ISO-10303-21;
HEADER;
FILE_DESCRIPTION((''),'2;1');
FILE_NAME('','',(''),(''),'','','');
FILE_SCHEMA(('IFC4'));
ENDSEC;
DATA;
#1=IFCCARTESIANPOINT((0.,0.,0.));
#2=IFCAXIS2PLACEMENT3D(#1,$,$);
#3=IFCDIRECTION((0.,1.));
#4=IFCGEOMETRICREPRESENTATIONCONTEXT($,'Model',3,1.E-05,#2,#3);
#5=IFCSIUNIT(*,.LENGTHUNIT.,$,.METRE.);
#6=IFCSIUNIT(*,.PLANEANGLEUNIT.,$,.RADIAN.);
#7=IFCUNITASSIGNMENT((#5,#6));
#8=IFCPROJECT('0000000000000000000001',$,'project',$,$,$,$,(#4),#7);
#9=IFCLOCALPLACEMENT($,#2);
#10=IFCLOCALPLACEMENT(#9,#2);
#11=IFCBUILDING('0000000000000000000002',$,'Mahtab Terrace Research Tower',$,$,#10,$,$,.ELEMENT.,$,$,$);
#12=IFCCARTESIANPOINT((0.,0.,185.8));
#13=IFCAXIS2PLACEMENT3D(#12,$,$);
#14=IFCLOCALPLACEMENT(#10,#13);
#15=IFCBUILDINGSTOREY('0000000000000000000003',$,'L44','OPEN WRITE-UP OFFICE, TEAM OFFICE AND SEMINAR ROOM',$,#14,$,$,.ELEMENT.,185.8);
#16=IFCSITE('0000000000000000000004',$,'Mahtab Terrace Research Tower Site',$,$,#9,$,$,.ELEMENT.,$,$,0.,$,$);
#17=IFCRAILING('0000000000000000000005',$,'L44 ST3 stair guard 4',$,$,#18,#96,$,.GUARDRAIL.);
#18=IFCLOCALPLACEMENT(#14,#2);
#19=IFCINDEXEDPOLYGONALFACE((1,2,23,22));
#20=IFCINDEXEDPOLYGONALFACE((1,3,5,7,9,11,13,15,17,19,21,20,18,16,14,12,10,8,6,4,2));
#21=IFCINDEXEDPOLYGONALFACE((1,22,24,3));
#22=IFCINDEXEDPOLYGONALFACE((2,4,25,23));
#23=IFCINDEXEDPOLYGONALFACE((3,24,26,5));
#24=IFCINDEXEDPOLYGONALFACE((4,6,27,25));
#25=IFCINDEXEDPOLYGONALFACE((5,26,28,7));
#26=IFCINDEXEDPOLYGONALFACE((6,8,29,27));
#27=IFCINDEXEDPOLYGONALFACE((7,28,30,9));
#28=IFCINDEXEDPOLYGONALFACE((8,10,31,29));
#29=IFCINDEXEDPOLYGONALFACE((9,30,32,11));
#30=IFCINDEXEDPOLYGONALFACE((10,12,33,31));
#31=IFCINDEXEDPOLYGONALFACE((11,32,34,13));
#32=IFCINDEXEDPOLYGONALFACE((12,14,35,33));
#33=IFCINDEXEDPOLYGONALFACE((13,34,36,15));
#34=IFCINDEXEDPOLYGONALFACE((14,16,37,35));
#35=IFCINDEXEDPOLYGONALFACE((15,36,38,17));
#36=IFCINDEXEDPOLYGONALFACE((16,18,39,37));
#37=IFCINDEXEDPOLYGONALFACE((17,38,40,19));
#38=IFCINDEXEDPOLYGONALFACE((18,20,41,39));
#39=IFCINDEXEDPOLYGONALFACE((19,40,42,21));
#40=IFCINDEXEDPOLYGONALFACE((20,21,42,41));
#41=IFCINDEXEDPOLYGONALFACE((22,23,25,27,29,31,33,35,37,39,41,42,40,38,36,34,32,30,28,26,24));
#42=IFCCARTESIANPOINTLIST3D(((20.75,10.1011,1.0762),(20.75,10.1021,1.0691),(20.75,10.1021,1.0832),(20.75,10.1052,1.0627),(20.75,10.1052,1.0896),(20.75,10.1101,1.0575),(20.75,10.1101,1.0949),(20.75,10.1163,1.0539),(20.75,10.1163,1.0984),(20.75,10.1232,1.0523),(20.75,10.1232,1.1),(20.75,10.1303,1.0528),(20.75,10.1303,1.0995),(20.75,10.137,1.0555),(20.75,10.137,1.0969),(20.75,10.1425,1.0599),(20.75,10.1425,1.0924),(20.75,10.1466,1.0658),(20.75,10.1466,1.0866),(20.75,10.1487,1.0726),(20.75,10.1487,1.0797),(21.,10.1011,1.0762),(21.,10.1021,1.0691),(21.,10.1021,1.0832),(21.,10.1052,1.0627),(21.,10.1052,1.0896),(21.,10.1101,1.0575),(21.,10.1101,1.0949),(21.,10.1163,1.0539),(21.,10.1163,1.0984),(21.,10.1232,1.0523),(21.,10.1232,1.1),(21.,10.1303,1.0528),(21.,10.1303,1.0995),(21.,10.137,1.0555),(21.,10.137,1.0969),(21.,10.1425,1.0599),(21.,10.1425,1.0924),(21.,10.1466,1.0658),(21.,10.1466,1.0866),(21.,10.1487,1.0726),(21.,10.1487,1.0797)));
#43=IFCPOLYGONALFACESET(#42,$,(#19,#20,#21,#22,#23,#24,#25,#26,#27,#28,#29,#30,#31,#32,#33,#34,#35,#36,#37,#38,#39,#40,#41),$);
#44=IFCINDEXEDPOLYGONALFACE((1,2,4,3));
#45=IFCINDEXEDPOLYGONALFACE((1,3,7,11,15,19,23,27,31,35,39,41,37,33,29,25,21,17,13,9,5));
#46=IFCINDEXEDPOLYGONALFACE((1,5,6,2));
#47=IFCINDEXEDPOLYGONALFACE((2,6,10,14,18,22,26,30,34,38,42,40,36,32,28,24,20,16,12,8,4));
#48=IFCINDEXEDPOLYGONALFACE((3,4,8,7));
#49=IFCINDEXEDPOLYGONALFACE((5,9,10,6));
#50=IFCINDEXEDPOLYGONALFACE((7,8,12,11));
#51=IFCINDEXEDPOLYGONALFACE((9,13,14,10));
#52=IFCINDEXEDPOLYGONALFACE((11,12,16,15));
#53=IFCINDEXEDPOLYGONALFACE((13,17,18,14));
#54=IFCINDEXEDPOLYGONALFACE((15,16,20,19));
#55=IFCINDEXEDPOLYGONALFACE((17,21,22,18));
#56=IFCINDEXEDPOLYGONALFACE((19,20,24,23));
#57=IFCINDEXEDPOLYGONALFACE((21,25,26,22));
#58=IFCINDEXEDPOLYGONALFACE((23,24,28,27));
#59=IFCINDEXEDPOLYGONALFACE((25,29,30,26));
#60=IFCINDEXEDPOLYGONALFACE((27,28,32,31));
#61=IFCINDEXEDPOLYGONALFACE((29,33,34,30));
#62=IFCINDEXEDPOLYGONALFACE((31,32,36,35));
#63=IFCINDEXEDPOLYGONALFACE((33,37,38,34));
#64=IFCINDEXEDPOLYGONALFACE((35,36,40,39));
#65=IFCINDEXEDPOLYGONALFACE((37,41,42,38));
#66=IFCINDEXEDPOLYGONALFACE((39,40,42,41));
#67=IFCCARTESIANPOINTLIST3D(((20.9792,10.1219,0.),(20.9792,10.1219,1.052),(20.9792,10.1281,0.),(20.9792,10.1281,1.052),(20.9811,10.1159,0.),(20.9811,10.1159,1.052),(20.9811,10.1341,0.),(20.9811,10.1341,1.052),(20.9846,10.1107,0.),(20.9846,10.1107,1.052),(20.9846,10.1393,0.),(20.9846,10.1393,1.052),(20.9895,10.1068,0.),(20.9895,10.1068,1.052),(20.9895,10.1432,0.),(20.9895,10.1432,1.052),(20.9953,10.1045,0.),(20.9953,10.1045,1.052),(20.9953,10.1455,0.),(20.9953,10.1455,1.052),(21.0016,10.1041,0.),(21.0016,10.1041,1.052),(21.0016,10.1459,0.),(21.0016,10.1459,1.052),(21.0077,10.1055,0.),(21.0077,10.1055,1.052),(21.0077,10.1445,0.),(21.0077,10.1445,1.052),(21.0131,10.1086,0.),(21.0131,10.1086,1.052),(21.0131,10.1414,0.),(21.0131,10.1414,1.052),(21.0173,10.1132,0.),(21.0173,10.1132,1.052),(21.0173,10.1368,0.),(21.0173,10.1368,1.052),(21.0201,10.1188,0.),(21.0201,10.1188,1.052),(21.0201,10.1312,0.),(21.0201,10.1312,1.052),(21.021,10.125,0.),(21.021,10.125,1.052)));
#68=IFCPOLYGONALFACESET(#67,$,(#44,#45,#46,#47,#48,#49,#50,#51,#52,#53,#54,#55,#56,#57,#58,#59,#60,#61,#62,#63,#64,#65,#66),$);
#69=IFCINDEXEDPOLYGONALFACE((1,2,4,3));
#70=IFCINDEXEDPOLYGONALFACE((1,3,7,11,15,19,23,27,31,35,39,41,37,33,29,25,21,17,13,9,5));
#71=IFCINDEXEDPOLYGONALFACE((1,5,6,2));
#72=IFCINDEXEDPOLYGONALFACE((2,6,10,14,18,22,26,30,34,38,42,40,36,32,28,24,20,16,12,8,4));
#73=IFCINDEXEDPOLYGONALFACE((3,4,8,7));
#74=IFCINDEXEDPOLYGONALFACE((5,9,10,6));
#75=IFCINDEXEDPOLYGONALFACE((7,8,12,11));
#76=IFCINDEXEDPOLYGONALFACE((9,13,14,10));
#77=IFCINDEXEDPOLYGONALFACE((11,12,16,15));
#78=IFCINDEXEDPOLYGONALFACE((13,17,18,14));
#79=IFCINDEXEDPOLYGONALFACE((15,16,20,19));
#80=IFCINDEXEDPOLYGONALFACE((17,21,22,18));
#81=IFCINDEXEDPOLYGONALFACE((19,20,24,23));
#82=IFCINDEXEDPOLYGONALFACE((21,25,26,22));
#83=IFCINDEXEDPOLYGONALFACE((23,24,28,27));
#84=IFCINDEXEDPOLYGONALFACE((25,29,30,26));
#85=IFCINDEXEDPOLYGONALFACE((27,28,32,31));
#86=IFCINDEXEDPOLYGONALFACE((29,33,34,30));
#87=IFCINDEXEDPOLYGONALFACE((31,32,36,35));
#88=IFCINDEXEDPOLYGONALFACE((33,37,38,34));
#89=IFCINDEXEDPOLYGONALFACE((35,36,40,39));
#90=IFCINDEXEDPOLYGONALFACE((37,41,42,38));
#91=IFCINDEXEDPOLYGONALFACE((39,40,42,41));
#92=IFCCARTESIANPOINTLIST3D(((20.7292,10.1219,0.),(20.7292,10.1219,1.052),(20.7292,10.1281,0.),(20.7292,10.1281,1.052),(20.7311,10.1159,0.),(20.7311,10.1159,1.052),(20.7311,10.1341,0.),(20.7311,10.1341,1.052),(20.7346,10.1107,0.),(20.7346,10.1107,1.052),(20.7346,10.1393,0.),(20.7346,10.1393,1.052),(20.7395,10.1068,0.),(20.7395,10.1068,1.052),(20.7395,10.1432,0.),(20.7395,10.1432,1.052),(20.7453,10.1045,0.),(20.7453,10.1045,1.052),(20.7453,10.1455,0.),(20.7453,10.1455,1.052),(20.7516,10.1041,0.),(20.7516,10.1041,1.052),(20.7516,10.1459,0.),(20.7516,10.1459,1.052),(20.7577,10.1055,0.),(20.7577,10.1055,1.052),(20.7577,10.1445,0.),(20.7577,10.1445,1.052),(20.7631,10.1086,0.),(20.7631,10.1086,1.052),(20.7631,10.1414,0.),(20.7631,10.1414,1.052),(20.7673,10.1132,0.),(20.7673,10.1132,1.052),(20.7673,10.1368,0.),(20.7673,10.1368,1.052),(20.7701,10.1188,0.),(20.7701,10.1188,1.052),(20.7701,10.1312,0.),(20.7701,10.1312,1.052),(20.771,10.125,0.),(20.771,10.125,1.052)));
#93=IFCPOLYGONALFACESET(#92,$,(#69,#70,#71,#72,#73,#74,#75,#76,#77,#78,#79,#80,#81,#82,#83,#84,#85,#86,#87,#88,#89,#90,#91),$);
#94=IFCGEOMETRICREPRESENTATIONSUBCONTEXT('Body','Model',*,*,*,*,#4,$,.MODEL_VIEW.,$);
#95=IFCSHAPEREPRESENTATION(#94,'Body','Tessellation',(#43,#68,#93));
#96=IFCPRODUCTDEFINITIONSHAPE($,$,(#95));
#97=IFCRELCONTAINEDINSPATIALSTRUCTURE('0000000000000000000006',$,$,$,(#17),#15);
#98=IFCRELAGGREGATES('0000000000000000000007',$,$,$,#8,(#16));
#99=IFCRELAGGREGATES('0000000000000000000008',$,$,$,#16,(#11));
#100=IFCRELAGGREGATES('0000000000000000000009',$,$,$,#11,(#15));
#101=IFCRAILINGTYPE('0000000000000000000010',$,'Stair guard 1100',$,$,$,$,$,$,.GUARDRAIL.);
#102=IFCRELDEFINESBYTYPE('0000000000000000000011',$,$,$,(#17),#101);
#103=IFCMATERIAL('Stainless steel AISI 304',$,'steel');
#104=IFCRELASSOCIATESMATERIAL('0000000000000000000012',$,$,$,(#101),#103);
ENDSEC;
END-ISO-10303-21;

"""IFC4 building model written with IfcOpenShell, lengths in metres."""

from ifc_helpers import new_model, si_unit, direction, frame, origin, origin_2d, place, context, subcontext, project, spatial, circle, extrude, material, type_object, element, save


model = new_model("IFC4")

# Units and contexts
model_context = context("Model", 3, precision=1e-05, world=origin(), true_north=direction((0.0, 1.0)))
body_context = subcontext(model_context, "Body", "Model", "MODEL_VIEW")
ifc_project = project(units=[si_unit("LENGTHUNIT", "METRE"), si_unit("PLANEANGLEUNIT", "RADIAN")], contexts=[model_context])

# Site, building, storey
site_placement = place(None, origin())
site = spatial("IfcSite", under=ifc_project, at=site_placement, Name="Mahtab Terrace Research Tower Site", CompositionType="ELEMENT", RefElevation=0.0)
building_placement = place(site_placement, origin())
building = spatial("IfcBuilding", under=site, at=building_placement, Name="Mahtab Terrace Research Tower", CompositionType="ELEMENT")
storey_placement = place(building_placement, frame((0.0, 0.0, 185.8)))
storey = spatial("IfcBuildingStorey", under=building, at=storey_placement, Name="L44", Description="OPEN WRITE-UP OFFICE, TEAM OFFICE AND SEMINAR ROOM", CompositionType="ELEMENT", Elevation=185.8)

# Shared definitions
ifc_material_1 = material(Name="Stainless steel AISI 304", Category="steel")

# Railing
railing_type_1 = type_object("IfcRailingType", Name="Stair guard 1100", PredefinedType="GUARDRAIL", material=ifc_material_1)
railing_1_placement = place(storey_placement, frame((21.0, 10.125, 0.0)))
element("IfcRailing", 1, at=railing_1_placement, inside=storey, type_object=railing_type_1, Name="L44 ST3 stair guard 4", PredefinedType="GUARDRAIL", context=body_context, shape_type="SweptSolid", body=[
    extrude(circle(Radius=0.0239, at=origin_2d()), frame((0.0, 0.0, 1.0762), z_axis=(-1.0, 0.0, 0.0), x_axis=(0.0, -1.0, 0.0)), (0.0, 0.0, 1.0), 0.25),
    extrude(circle(Radius=0.021, at=origin_2d()), origin(), (0.0, 0.0, 1.0), 1.052),
    extrude(circle(Radius=0.021, at=origin_2d()), frame((-0.25, 0.0, 0.0)), (0.0, 0.0, 1.0), 1.052),
])

save(model, "model.ifc")
